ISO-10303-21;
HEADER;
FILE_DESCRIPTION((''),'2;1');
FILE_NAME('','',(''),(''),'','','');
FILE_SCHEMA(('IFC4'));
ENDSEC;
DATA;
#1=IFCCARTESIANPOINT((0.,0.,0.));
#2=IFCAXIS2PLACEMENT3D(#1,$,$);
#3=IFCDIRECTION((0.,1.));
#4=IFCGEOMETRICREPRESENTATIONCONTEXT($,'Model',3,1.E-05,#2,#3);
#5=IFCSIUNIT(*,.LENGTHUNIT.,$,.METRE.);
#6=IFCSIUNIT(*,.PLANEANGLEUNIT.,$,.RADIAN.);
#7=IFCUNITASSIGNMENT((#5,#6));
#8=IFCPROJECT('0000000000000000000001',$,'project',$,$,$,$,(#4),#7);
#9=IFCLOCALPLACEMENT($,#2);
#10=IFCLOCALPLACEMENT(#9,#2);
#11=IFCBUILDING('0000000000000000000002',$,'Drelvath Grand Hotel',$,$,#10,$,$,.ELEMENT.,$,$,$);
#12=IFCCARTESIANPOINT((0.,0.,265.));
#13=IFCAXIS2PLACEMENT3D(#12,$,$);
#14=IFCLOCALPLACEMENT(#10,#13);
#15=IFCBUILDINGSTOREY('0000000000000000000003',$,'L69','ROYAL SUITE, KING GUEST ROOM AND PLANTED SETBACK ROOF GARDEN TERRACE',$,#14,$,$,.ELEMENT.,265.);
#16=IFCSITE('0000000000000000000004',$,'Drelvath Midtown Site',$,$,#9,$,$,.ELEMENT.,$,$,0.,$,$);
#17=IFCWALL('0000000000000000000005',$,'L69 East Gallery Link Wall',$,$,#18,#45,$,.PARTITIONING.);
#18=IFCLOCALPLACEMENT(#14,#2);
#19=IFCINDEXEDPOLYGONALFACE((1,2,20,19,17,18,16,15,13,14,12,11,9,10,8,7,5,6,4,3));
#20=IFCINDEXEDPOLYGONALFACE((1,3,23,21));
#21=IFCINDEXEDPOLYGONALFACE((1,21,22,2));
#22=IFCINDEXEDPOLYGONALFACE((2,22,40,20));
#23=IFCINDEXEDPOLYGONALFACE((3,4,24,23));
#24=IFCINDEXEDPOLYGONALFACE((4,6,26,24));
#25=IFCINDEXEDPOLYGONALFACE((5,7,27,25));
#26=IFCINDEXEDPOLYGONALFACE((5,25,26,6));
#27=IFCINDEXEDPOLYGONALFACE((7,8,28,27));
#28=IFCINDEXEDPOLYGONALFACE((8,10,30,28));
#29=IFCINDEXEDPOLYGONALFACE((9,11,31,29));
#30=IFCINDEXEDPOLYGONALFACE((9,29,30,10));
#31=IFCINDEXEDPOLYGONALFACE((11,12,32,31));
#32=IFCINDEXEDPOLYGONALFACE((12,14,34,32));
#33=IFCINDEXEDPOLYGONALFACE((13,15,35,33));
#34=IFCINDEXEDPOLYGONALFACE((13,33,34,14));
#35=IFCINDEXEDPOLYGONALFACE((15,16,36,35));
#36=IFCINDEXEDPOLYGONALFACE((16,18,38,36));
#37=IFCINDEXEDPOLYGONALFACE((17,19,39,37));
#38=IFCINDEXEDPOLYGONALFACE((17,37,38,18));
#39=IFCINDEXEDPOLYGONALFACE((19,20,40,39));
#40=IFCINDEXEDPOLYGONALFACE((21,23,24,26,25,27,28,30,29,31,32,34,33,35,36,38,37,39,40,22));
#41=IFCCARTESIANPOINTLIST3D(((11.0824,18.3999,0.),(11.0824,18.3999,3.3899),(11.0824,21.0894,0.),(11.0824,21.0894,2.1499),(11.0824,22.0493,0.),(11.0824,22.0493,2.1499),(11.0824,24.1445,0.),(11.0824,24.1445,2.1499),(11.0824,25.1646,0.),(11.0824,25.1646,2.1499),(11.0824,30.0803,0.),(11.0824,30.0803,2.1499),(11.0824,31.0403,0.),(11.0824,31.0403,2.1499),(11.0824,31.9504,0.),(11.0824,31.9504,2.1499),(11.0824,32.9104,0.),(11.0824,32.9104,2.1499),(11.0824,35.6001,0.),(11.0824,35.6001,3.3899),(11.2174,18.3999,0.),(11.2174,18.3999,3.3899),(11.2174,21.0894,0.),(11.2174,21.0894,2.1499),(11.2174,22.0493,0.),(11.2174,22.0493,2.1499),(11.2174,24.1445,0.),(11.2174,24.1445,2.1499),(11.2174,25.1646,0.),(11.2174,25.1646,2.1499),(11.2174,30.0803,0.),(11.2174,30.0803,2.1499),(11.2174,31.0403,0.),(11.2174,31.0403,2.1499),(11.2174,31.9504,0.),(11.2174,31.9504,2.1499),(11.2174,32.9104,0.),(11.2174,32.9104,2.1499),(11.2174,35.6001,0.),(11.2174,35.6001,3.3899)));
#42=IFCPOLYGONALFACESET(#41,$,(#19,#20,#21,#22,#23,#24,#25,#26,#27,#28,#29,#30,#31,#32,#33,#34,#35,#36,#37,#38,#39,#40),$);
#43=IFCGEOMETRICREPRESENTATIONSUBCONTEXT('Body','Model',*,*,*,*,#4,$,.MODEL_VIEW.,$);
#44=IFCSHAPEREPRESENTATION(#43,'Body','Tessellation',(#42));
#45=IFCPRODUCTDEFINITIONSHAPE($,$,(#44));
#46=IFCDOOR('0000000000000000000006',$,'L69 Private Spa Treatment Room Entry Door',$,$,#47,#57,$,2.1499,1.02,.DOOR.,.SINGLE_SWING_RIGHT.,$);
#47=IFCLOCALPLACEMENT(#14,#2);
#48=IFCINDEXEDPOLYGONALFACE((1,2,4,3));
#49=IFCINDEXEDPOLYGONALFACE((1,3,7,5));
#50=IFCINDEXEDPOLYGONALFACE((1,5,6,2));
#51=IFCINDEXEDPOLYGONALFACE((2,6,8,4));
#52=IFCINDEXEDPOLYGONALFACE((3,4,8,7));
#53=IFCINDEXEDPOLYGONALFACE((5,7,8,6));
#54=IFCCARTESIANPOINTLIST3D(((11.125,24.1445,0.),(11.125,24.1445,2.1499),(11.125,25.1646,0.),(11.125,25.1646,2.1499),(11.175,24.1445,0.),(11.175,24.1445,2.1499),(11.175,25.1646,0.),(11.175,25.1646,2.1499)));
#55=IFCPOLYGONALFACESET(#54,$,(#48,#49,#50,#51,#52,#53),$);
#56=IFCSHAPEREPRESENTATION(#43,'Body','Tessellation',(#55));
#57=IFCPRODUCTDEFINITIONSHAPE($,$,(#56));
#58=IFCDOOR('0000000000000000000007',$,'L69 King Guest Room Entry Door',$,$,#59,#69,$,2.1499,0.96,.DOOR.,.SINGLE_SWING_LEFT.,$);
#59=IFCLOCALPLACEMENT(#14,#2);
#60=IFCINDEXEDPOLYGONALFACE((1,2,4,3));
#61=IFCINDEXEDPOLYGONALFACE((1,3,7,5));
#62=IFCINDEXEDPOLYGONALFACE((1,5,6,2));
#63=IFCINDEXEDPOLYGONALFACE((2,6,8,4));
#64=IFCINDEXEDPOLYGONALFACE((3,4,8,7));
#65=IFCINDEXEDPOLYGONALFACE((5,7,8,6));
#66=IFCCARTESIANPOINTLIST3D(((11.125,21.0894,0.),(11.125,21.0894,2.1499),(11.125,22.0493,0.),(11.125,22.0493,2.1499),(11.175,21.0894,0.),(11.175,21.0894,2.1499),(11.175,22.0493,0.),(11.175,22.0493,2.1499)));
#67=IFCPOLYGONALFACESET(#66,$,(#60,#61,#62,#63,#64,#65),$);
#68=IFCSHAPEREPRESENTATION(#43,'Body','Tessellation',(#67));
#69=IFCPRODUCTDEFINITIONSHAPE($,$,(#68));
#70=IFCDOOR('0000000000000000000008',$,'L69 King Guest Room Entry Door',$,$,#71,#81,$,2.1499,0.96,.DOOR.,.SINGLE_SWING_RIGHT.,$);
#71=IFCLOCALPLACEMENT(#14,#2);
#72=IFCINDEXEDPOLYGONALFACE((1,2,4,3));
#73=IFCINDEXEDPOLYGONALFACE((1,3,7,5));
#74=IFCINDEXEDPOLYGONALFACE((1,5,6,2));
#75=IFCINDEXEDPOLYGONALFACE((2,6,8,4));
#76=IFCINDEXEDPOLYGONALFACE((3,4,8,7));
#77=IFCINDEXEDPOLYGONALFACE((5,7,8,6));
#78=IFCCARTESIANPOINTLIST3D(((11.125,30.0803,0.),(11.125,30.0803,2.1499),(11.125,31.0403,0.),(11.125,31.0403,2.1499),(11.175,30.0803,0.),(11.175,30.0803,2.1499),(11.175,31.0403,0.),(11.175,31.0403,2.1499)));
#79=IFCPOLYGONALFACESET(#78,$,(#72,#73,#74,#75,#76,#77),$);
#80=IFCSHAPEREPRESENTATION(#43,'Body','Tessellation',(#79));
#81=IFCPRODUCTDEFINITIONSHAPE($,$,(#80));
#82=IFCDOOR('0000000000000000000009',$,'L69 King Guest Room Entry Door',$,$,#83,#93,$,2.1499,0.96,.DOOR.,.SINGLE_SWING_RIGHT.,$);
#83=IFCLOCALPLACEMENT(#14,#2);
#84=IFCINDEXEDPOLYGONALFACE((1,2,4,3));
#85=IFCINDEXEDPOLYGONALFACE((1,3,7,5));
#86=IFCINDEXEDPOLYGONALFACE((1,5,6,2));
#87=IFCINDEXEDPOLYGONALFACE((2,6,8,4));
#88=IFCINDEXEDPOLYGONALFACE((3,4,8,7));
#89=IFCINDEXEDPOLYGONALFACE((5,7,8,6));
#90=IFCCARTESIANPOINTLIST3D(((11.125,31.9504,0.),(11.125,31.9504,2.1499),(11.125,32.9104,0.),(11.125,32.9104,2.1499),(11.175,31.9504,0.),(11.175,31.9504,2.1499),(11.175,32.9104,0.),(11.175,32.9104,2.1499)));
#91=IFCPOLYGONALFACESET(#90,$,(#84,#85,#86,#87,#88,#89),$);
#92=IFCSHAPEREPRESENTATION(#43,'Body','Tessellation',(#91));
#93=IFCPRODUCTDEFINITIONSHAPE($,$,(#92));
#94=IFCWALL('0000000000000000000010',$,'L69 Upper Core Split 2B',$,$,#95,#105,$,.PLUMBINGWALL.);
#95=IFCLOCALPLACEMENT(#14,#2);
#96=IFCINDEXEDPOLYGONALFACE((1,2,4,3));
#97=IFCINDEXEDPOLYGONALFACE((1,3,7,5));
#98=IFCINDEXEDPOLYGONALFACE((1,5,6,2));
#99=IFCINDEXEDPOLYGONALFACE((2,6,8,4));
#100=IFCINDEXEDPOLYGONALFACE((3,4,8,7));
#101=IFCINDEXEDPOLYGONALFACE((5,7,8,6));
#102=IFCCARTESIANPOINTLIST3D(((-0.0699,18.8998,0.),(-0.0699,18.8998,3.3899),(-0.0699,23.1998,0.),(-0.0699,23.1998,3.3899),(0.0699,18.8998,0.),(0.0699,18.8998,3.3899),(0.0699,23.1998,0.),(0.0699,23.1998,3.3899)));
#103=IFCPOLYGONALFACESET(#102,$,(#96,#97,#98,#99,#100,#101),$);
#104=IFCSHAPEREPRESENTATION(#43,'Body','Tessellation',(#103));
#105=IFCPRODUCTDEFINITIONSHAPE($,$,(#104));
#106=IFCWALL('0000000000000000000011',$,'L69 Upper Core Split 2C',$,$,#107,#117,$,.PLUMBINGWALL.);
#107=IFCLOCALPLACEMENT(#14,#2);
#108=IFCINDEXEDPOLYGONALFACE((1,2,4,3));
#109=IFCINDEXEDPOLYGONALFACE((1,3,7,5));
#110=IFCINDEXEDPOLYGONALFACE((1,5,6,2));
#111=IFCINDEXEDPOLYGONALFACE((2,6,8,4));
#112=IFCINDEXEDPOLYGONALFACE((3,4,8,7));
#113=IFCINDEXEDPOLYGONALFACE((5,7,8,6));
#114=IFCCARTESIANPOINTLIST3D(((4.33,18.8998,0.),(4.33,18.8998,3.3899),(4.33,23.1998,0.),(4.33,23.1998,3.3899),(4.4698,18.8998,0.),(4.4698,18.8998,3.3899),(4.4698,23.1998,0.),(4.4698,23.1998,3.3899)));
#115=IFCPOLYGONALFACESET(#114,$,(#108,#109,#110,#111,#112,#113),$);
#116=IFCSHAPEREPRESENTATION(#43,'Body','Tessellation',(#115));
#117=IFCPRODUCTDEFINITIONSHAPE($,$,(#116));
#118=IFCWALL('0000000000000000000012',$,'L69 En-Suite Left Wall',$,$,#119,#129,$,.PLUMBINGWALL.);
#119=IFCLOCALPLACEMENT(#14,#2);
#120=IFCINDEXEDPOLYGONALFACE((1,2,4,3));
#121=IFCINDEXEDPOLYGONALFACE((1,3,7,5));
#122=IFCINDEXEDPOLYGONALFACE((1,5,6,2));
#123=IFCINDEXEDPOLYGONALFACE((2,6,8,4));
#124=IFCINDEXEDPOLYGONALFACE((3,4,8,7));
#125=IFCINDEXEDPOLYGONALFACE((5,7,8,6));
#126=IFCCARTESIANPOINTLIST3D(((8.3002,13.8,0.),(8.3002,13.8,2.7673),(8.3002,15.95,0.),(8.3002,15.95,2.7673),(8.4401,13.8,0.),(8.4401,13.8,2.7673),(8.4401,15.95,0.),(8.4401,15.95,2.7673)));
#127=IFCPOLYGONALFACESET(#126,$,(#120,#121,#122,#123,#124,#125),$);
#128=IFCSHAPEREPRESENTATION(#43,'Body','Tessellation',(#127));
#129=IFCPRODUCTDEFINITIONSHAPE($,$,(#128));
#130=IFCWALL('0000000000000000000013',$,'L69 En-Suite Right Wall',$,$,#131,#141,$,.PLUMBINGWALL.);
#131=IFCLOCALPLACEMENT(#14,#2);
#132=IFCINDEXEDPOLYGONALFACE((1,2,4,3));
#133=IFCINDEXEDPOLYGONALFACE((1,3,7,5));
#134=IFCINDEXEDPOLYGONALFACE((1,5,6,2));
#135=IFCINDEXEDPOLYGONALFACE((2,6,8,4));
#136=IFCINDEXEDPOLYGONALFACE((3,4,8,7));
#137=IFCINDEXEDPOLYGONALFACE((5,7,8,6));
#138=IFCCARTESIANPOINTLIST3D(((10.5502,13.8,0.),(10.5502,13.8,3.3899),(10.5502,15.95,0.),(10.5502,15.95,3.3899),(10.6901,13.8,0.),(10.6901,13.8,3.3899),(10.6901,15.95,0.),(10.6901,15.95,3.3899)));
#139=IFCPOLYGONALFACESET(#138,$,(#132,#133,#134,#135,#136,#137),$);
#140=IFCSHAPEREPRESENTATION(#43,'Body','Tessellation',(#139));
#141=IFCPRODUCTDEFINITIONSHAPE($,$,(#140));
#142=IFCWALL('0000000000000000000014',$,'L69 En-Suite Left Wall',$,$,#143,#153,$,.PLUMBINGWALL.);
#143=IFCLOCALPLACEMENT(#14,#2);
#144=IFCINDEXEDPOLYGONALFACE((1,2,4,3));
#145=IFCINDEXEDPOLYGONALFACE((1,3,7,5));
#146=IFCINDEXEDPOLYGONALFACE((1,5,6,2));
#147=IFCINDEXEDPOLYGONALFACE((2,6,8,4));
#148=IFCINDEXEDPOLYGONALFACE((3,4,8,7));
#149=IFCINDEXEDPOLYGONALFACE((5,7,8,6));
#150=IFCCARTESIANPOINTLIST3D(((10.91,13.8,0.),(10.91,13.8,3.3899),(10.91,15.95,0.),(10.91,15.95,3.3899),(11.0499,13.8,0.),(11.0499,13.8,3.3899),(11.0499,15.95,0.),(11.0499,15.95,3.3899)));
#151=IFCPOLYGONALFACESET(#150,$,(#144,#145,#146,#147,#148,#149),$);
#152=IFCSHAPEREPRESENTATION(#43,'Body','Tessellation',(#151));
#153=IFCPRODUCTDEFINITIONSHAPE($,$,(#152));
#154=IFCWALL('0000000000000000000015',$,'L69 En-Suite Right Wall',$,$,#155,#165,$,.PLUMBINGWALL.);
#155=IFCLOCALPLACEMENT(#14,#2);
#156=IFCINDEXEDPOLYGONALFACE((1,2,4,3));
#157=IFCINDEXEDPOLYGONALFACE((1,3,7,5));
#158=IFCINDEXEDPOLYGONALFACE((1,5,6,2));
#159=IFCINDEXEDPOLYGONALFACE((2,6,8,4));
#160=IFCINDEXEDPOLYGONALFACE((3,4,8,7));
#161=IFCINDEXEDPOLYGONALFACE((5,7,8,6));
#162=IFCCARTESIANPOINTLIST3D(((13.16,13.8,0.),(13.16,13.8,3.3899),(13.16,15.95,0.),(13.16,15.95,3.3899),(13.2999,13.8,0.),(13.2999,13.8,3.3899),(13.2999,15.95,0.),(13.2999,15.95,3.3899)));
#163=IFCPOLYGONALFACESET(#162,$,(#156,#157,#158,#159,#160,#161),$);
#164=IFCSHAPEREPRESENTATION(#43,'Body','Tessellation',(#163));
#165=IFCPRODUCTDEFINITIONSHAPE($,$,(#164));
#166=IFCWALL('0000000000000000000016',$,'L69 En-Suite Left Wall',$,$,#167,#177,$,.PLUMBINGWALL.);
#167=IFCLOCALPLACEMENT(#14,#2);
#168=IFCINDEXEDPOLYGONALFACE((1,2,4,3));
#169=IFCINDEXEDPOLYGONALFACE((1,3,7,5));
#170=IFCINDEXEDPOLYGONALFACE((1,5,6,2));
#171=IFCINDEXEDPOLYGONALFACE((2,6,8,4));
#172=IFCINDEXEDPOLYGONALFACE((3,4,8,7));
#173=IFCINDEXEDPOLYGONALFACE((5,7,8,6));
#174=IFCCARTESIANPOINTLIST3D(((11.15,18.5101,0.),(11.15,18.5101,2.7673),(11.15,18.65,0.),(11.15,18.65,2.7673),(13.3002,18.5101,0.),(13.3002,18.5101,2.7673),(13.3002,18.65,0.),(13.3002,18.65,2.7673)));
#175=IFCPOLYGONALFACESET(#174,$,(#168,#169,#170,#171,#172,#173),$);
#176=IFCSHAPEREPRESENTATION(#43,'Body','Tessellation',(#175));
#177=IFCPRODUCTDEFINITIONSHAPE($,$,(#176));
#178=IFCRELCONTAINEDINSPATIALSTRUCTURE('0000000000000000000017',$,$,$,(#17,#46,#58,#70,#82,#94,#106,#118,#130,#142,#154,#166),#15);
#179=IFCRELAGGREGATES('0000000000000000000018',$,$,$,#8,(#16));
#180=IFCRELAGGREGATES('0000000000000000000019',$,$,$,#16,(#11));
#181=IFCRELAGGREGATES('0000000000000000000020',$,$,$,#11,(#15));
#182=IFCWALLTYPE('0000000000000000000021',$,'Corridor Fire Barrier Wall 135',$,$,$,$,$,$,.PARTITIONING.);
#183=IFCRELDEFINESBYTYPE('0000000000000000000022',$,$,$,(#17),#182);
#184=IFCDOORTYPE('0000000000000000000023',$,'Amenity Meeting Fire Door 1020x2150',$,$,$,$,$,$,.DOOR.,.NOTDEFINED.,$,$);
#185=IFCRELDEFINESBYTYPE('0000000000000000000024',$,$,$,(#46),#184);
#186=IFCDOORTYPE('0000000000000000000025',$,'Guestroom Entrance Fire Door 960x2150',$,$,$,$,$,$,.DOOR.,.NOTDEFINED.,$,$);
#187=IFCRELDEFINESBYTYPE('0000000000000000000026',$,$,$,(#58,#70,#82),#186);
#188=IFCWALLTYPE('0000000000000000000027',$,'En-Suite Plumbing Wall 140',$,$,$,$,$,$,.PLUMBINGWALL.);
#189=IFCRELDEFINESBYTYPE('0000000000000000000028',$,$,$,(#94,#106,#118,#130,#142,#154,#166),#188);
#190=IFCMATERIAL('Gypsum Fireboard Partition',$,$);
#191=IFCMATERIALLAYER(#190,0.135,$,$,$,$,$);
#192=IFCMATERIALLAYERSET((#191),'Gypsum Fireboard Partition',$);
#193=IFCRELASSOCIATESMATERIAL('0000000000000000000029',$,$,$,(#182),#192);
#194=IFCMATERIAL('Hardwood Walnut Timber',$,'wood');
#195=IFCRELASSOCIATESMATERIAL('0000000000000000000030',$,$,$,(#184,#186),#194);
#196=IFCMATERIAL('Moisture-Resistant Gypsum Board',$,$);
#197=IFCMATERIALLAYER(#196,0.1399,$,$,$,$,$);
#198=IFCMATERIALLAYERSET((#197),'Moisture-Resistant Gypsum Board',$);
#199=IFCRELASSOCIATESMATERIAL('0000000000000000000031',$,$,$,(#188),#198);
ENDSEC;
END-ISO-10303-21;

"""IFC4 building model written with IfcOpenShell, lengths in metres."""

from ifc_helpers import new_model, si_unit, direction, frame, frame_2d, origin, place, context, subcontext, project, spatial, rectangle, extrude, material, layer, layer_set, type_object, element, fill, save


model = new_model("IFC4")

# Units and contexts
model_context = context("Model", 3, precision=1e-05, world=origin(), true_north=direction((0.0, 1.0)))
body_context = subcontext(model_context, "Body", "Model", "MODEL_VIEW")
ifc_project = project(units=[si_unit("LENGTHUNIT", "METRE"), si_unit("PLANEANGLEUNIT", "RADIAN")], contexts=[model_context])

# Site, building, storey
site_placement = place(None, origin())
site = spatial("IfcSite", under=ifc_project, at=site_placement, Name="Drelvath Midtown Site", CompositionType="ELEMENT", RefElevation=0.0)
building_placement = place(site_placement, origin())
building = spatial("IfcBuilding", under=site, at=building_placement, Name="Drelvath Grand Hotel", CompositionType="ELEMENT")
storey_placement = place(building_placement, frame((0.0, 0.0, 265.0)))
storey = spatial("IfcBuildingStorey", under=building, at=storey_placement, Name="L69", Description="ROYAL SUITE, KING GUEST ROOM AND PLANTED SETBACK ROOF GARDEN TERRACE", CompositionType="ELEMENT", Elevation=265.0)

# Shared definitions
ifc_material_1 = material(Name="Gypsum Fireboard Partition")
ifc_layer_1 = layer(ifc_material_1, 0.135)
ifc_layer_set_1 = layer_set([ifc_layer_1], Name="Gypsum Fireboard Partition")
wall_type_1 = type_object("IfcWallType", Name="Corridor Fire Barrier Wall 135", PredefinedType="PARTITIONING", material=ifc_layer_set_1)

# Wall, openings, doors
wall_1_placement = place(storey_placement, frame((11.1499, 18.3999, 0.0), z_axis=(0.0, 0.0, 1.0), x_axis=(0.0, 1.0, 0.0)))
wall_1 = element("IfcWall", 1, at=wall_1_placement, inside=storey, type_object=wall_type_1, Name="L69 East Gallery Link Wall", PredefinedType="PARTITIONING", context=body_context, shape_type="SweptSolid", body=[
    extrude(rectangle(XDim=17.2002, YDim=0.135, at=frame_2d((8.6001, 0.0))), origin(), (0.0, 0.0, 1.0), 3.3899),
])
opening_1_placement = place(wall_1_placement, frame((2.6895, 0.0, 0.0)))
opening_1 = element("IfcOpeningElement", 2, at=opening_1_placement, cuts=wall_1, PredefinedType="OPENING", context=body_context, shape_type="SweptSolid", body=[
    extrude(rectangle(XDim=0.96, YDim=2.1499, at=frame_2d((0.48, 1.075))), frame((0.0, 0.0774, 0.0), z_axis=(0.0, -1.0, 0.0), x_axis=(1.0, 0.0, 0.0)), (0.0, 0.0, 1.0), 0.155),
])
opening_2_placement = place(wall_1_placement, frame((5.7446, 0.0, 0.0)))
opening_2 = element("IfcOpeningElement", 3, at=opening_2_placement, cuts=wall_1, PredefinedType="OPENING", context=body_context, shape_type="SweptSolid", body=[
    extrude(rectangle(XDim=1.02, YDim=2.1499, at=frame_2d((0.51, 1.075))), frame((0.0, 0.0774, 0.0), z_axis=(0.0, -1.0, 0.0), x_axis=(1.0, 0.0, 0.0)), (0.0, 0.0, 1.0), 0.155),
])
opening_3_placement = place(wall_1_placement, frame((11.6804, 0.0, 0.0)))
opening_3 = element("IfcOpeningElement", 4, at=opening_3_placement, cuts=wall_1, PredefinedType="OPENING", context=body_context, shape_type="SweptSolid", body=[
    extrude(rectangle(XDim=0.96, YDim=2.1499, at=frame_2d((0.48, 1.075))), frame((0.0, 0.0774, 0.0), z_axis=(0.0, -1.0, 0.0), x_axis=(1.0, 0.0, 0.0)), (0.0, 0.0, 1.0), 0.155),
])
opening_4_placement = place(wall_1_placement, frame((13.5505, 0.0, 0.0)))
opening_4 = element("IfcOpeningElement", 5, at=opening_4_placement, cuts=wall_1, PredefinedType="OPENING", context=body_context, shape_type="SweptSolid", body=[
    extrude(rectangle(XDim=0.96, YDim=2.1499, at=frame_2d((0.48, 1.075))), frame((0.0, 0.0774, 0.0), z_axis=(0.0, -1.0, 0.0), x_axis=(1.0, 0.0, 0.0)), (0.0, 0.0, 1.0), 0.155),
])
ifc_material_2 = material(Name="Hardwood Walnut Timber", Category="wood")
door_type_1 = type_object("IfcDoorType", Name="Amenity Meeting Fire Door 1020x2150", OperationType="NOTDEFINED", PredefinedType="DOOR", material=ifc_material_2)
door_1_placement = place(opening_2_placement, origin())
door_1 = element("IfcDoor", 6, at=door_1_placement, inside=storey, type_object=door_type_1, Name="L69 Private Spa Treatment Room Entry Door", OperationType="SINGLE_SWING_RIGHT", OverallHeight=2.1499, OverallWidth=1.02, PredefinedType="DOOR", context=body_context, shape_type="SweptSolid", body=[
    extrude(rectangle(XDim=1.02, YDim=2.1499, at=frame_2d((0.51, 1.075))), frame((0.0, 0.0249, 0.0), z_axis=(0.0, -1.0, 0.0), x_axis=(1.0, 0.0, 0.0)), (0.0, 0.0, 1.0), 0.05),
])
fill(opening_2, door_1)
door_type_2 = type_object("IfcDoorType", Name="Guestroom Entrance Fire Door 960x2150", OperationType="NOTDEFINED", PredefinedType="DOOR", material=ifc_material_2)
door_2_placement = place(opening_1_placement, origin())
door_2 = element("IfcDoor", 7, at=door_2_placement, inside=storey, type_object=door_type_2, Name="L69 King Guest Room Entry Door", OperationType="SINGLE_SWING_LEFT", OverallHeight=2.1499, OverallWidth=0.96, PredefinedType="DOOR", context=body_context, shape_type="SweptSolid", body=[
    extrude(rectangle(XDim=0.96, YDim=2.1499, at=frame_2d((0.48, 1.075))), frame((0.0, 0.0249, 0.0), z_axis=(0.0, -1.0, 0.0), x_axis=(1.0, 0.0, 0.0)), (0.0, 0.0, 1.0), 0.05),
])
fill(opening_1, door_2)
door_3_placement = place(opening_3_placement, origin())
door_3 = element("IfcDoor", 8, at=door_3_placement, inside=storey, type_object=door_type_2, Name="L69 King Guest Room Entry Door", OperationType="SINGLE_SWING_RIGHT", OverallHeight=2.1499, OverallWidth=0.96, PredefinedType="DOOR", context=body_context, shape_type="SweptSolid", body=[
    extrude(rectangle(XDim=0.96, YDim=2.1499, at=frame_2d((0.48, 1.075))), frame((0.0, 0.0249, 0.0), z_axis=(0.0, -1.0, 0.0), x_axis=(1.0, 0.0, 0.0)), (0.0, 0.0, 1.0), 0.05),
])
fill(opening_3, door_3)
door_4_placement = place(opening_4_placement, origin())
door_4 = element("IfcDoor", 9, at=door_4_placement, inside=storey, type_object=door_type_2, Name="L69 King Guest Room Entry Door", OperationType="SINGLE_SWING_RIGHT", OverallHeight=2.1499, OverallWidth=0.96, PredefinedType="DOOR", context=body_context, shape_type="SweptSolid", body=[
    extrude(rectangle(XDim=0.96, YDim=2.1499, at=frame_2d((0.48, 1.075))), frame((0.0, 0.0249, 0.0), z_axis=(0.0, -1.0, 0.0), x_axis=(1.0, 0.0, 0.0)), (0.0, 0.0, 1.0), 0.05),
])
fill(opening_4, door_4)

# Walls
ifc_material_3 = material(Name="Moisture-Resistant Gypsum Board")
ifc_layer_2 = layer(ifc_material_3, 0.1399)
ifc_layer_set_2 = layer_set([ifc_layer_2], Name="Moisture-Resistant Gypsum Board")
wall_type_2 = type_object("IfcWallType", Name="En-Suite Plumbing Wall 140", PredefinedType="PLUMBINGWALL", material=ifc_layer_set_2)
for number, where, z_axis, x_axis, name in (
    (10, (0.0, 18.8999, 0.0), (0.0, 0.0, 1.0), (0.0, 1.0, 0.0), "L69 Upper Core Split 2B"),
    (11, (4.3999, 18.8999, 0.0), (0.0, 0.0, 1.0), (0.0, 1.0, 0.0), "L69 Upper Core Split 2C"),
):
    element("IfcWall", number, at=place(storey_placement, frame(where, z_axis=z_axis, x_axis=x_axis)), inside=storey, type_object=wall_type_2, Name=name, PredefinedType="PLUMBINGWALL", context=body_context, shape_type="SweptSolid", body=[
        extrude(rectangle(XDim=4.3, YDim=0.1399, at=frame_2d((2.1499, 0.0))), origin(), (0.0, 0.0, 1.0), 3.3899),
    ])
wall_2_placement = place(storey_placement, frame((8.3701, 15.95, 0.0), z_axis=(0.0, 0.0, 1.0), x_axis=(0.0, -1.0, 0.0)))
element("IfcWall", 12, at=wall_2_placement, inside=storey, type_object=wall_type_2, Name="L69 En-Suite Left Wall", PredefinedType="PLUMBINGWALL", context=body_context, shape_type="SweptSolid", body=[
    extrude(rectangle(XDim=2.1499, YDim=0.1399, at=frame_2d((1.075, 0.0))), origin(), (0.0, 0.0, 1.0), 2.7673),
])
for number, where, z_axis, x_axis, name in (
    (13, (10.6201, 15.95, 0.0), (0.0, 0.0, 1.0), (0.0, -1.0, 0.0), "L69 En-Suite Right Wall"),
    (14, (10.98, 15.95, 0.0), (0.0, 0.0, 1.0), (0.0, -1.0, 0.0), "L69 En-Suite Left Wall"),
    (15, (13.23, 15.95, 0.0), (0.0, 0.0, 1.0), (0.0, -1.0, 0.0), "L69 En-Suite Right Wall"),
):
    element("IfcWall", number, at=place(storey_placement, frame(where, z_axis=z_axis, x_axis=x_axis)), inside=storey, type_object=wall_type_2, Name=name, PredefinedType="PLUMBINGWALL", context=body_context, shape_type="SweptSolid", body=[
        extrude(rectangle(XDim=2.1499, YDim=0.1399, at=frame_2d((1.075, 0.0))), origin(), (0.0, 0.0, 1.0), 3.3899),
    ])
wall_3_placement = place(storey_placement, frame((11.1499, 18.5801, 0.0), z_axis=(0.0, 0.0, 1.0), x_axis=(1.0, 0.0, 0.0)))
element("IfcWall", 16, at=wall_3_placement, inside=storey, type_object=wall_type_2, Name="L69 En-Suite Left Wall", PredefinedType="PLUMBINGWALL", context=body_context, shape_type="SweptSolid", body=[
    extrude(rectangle(XDim=2.1501, YDim=0.1399, at=frame_2d((1.0752, 0.0))), origin(), (0.0, 0.0, 1.0), 2.7673),
])

save(model, "model.ifc")
